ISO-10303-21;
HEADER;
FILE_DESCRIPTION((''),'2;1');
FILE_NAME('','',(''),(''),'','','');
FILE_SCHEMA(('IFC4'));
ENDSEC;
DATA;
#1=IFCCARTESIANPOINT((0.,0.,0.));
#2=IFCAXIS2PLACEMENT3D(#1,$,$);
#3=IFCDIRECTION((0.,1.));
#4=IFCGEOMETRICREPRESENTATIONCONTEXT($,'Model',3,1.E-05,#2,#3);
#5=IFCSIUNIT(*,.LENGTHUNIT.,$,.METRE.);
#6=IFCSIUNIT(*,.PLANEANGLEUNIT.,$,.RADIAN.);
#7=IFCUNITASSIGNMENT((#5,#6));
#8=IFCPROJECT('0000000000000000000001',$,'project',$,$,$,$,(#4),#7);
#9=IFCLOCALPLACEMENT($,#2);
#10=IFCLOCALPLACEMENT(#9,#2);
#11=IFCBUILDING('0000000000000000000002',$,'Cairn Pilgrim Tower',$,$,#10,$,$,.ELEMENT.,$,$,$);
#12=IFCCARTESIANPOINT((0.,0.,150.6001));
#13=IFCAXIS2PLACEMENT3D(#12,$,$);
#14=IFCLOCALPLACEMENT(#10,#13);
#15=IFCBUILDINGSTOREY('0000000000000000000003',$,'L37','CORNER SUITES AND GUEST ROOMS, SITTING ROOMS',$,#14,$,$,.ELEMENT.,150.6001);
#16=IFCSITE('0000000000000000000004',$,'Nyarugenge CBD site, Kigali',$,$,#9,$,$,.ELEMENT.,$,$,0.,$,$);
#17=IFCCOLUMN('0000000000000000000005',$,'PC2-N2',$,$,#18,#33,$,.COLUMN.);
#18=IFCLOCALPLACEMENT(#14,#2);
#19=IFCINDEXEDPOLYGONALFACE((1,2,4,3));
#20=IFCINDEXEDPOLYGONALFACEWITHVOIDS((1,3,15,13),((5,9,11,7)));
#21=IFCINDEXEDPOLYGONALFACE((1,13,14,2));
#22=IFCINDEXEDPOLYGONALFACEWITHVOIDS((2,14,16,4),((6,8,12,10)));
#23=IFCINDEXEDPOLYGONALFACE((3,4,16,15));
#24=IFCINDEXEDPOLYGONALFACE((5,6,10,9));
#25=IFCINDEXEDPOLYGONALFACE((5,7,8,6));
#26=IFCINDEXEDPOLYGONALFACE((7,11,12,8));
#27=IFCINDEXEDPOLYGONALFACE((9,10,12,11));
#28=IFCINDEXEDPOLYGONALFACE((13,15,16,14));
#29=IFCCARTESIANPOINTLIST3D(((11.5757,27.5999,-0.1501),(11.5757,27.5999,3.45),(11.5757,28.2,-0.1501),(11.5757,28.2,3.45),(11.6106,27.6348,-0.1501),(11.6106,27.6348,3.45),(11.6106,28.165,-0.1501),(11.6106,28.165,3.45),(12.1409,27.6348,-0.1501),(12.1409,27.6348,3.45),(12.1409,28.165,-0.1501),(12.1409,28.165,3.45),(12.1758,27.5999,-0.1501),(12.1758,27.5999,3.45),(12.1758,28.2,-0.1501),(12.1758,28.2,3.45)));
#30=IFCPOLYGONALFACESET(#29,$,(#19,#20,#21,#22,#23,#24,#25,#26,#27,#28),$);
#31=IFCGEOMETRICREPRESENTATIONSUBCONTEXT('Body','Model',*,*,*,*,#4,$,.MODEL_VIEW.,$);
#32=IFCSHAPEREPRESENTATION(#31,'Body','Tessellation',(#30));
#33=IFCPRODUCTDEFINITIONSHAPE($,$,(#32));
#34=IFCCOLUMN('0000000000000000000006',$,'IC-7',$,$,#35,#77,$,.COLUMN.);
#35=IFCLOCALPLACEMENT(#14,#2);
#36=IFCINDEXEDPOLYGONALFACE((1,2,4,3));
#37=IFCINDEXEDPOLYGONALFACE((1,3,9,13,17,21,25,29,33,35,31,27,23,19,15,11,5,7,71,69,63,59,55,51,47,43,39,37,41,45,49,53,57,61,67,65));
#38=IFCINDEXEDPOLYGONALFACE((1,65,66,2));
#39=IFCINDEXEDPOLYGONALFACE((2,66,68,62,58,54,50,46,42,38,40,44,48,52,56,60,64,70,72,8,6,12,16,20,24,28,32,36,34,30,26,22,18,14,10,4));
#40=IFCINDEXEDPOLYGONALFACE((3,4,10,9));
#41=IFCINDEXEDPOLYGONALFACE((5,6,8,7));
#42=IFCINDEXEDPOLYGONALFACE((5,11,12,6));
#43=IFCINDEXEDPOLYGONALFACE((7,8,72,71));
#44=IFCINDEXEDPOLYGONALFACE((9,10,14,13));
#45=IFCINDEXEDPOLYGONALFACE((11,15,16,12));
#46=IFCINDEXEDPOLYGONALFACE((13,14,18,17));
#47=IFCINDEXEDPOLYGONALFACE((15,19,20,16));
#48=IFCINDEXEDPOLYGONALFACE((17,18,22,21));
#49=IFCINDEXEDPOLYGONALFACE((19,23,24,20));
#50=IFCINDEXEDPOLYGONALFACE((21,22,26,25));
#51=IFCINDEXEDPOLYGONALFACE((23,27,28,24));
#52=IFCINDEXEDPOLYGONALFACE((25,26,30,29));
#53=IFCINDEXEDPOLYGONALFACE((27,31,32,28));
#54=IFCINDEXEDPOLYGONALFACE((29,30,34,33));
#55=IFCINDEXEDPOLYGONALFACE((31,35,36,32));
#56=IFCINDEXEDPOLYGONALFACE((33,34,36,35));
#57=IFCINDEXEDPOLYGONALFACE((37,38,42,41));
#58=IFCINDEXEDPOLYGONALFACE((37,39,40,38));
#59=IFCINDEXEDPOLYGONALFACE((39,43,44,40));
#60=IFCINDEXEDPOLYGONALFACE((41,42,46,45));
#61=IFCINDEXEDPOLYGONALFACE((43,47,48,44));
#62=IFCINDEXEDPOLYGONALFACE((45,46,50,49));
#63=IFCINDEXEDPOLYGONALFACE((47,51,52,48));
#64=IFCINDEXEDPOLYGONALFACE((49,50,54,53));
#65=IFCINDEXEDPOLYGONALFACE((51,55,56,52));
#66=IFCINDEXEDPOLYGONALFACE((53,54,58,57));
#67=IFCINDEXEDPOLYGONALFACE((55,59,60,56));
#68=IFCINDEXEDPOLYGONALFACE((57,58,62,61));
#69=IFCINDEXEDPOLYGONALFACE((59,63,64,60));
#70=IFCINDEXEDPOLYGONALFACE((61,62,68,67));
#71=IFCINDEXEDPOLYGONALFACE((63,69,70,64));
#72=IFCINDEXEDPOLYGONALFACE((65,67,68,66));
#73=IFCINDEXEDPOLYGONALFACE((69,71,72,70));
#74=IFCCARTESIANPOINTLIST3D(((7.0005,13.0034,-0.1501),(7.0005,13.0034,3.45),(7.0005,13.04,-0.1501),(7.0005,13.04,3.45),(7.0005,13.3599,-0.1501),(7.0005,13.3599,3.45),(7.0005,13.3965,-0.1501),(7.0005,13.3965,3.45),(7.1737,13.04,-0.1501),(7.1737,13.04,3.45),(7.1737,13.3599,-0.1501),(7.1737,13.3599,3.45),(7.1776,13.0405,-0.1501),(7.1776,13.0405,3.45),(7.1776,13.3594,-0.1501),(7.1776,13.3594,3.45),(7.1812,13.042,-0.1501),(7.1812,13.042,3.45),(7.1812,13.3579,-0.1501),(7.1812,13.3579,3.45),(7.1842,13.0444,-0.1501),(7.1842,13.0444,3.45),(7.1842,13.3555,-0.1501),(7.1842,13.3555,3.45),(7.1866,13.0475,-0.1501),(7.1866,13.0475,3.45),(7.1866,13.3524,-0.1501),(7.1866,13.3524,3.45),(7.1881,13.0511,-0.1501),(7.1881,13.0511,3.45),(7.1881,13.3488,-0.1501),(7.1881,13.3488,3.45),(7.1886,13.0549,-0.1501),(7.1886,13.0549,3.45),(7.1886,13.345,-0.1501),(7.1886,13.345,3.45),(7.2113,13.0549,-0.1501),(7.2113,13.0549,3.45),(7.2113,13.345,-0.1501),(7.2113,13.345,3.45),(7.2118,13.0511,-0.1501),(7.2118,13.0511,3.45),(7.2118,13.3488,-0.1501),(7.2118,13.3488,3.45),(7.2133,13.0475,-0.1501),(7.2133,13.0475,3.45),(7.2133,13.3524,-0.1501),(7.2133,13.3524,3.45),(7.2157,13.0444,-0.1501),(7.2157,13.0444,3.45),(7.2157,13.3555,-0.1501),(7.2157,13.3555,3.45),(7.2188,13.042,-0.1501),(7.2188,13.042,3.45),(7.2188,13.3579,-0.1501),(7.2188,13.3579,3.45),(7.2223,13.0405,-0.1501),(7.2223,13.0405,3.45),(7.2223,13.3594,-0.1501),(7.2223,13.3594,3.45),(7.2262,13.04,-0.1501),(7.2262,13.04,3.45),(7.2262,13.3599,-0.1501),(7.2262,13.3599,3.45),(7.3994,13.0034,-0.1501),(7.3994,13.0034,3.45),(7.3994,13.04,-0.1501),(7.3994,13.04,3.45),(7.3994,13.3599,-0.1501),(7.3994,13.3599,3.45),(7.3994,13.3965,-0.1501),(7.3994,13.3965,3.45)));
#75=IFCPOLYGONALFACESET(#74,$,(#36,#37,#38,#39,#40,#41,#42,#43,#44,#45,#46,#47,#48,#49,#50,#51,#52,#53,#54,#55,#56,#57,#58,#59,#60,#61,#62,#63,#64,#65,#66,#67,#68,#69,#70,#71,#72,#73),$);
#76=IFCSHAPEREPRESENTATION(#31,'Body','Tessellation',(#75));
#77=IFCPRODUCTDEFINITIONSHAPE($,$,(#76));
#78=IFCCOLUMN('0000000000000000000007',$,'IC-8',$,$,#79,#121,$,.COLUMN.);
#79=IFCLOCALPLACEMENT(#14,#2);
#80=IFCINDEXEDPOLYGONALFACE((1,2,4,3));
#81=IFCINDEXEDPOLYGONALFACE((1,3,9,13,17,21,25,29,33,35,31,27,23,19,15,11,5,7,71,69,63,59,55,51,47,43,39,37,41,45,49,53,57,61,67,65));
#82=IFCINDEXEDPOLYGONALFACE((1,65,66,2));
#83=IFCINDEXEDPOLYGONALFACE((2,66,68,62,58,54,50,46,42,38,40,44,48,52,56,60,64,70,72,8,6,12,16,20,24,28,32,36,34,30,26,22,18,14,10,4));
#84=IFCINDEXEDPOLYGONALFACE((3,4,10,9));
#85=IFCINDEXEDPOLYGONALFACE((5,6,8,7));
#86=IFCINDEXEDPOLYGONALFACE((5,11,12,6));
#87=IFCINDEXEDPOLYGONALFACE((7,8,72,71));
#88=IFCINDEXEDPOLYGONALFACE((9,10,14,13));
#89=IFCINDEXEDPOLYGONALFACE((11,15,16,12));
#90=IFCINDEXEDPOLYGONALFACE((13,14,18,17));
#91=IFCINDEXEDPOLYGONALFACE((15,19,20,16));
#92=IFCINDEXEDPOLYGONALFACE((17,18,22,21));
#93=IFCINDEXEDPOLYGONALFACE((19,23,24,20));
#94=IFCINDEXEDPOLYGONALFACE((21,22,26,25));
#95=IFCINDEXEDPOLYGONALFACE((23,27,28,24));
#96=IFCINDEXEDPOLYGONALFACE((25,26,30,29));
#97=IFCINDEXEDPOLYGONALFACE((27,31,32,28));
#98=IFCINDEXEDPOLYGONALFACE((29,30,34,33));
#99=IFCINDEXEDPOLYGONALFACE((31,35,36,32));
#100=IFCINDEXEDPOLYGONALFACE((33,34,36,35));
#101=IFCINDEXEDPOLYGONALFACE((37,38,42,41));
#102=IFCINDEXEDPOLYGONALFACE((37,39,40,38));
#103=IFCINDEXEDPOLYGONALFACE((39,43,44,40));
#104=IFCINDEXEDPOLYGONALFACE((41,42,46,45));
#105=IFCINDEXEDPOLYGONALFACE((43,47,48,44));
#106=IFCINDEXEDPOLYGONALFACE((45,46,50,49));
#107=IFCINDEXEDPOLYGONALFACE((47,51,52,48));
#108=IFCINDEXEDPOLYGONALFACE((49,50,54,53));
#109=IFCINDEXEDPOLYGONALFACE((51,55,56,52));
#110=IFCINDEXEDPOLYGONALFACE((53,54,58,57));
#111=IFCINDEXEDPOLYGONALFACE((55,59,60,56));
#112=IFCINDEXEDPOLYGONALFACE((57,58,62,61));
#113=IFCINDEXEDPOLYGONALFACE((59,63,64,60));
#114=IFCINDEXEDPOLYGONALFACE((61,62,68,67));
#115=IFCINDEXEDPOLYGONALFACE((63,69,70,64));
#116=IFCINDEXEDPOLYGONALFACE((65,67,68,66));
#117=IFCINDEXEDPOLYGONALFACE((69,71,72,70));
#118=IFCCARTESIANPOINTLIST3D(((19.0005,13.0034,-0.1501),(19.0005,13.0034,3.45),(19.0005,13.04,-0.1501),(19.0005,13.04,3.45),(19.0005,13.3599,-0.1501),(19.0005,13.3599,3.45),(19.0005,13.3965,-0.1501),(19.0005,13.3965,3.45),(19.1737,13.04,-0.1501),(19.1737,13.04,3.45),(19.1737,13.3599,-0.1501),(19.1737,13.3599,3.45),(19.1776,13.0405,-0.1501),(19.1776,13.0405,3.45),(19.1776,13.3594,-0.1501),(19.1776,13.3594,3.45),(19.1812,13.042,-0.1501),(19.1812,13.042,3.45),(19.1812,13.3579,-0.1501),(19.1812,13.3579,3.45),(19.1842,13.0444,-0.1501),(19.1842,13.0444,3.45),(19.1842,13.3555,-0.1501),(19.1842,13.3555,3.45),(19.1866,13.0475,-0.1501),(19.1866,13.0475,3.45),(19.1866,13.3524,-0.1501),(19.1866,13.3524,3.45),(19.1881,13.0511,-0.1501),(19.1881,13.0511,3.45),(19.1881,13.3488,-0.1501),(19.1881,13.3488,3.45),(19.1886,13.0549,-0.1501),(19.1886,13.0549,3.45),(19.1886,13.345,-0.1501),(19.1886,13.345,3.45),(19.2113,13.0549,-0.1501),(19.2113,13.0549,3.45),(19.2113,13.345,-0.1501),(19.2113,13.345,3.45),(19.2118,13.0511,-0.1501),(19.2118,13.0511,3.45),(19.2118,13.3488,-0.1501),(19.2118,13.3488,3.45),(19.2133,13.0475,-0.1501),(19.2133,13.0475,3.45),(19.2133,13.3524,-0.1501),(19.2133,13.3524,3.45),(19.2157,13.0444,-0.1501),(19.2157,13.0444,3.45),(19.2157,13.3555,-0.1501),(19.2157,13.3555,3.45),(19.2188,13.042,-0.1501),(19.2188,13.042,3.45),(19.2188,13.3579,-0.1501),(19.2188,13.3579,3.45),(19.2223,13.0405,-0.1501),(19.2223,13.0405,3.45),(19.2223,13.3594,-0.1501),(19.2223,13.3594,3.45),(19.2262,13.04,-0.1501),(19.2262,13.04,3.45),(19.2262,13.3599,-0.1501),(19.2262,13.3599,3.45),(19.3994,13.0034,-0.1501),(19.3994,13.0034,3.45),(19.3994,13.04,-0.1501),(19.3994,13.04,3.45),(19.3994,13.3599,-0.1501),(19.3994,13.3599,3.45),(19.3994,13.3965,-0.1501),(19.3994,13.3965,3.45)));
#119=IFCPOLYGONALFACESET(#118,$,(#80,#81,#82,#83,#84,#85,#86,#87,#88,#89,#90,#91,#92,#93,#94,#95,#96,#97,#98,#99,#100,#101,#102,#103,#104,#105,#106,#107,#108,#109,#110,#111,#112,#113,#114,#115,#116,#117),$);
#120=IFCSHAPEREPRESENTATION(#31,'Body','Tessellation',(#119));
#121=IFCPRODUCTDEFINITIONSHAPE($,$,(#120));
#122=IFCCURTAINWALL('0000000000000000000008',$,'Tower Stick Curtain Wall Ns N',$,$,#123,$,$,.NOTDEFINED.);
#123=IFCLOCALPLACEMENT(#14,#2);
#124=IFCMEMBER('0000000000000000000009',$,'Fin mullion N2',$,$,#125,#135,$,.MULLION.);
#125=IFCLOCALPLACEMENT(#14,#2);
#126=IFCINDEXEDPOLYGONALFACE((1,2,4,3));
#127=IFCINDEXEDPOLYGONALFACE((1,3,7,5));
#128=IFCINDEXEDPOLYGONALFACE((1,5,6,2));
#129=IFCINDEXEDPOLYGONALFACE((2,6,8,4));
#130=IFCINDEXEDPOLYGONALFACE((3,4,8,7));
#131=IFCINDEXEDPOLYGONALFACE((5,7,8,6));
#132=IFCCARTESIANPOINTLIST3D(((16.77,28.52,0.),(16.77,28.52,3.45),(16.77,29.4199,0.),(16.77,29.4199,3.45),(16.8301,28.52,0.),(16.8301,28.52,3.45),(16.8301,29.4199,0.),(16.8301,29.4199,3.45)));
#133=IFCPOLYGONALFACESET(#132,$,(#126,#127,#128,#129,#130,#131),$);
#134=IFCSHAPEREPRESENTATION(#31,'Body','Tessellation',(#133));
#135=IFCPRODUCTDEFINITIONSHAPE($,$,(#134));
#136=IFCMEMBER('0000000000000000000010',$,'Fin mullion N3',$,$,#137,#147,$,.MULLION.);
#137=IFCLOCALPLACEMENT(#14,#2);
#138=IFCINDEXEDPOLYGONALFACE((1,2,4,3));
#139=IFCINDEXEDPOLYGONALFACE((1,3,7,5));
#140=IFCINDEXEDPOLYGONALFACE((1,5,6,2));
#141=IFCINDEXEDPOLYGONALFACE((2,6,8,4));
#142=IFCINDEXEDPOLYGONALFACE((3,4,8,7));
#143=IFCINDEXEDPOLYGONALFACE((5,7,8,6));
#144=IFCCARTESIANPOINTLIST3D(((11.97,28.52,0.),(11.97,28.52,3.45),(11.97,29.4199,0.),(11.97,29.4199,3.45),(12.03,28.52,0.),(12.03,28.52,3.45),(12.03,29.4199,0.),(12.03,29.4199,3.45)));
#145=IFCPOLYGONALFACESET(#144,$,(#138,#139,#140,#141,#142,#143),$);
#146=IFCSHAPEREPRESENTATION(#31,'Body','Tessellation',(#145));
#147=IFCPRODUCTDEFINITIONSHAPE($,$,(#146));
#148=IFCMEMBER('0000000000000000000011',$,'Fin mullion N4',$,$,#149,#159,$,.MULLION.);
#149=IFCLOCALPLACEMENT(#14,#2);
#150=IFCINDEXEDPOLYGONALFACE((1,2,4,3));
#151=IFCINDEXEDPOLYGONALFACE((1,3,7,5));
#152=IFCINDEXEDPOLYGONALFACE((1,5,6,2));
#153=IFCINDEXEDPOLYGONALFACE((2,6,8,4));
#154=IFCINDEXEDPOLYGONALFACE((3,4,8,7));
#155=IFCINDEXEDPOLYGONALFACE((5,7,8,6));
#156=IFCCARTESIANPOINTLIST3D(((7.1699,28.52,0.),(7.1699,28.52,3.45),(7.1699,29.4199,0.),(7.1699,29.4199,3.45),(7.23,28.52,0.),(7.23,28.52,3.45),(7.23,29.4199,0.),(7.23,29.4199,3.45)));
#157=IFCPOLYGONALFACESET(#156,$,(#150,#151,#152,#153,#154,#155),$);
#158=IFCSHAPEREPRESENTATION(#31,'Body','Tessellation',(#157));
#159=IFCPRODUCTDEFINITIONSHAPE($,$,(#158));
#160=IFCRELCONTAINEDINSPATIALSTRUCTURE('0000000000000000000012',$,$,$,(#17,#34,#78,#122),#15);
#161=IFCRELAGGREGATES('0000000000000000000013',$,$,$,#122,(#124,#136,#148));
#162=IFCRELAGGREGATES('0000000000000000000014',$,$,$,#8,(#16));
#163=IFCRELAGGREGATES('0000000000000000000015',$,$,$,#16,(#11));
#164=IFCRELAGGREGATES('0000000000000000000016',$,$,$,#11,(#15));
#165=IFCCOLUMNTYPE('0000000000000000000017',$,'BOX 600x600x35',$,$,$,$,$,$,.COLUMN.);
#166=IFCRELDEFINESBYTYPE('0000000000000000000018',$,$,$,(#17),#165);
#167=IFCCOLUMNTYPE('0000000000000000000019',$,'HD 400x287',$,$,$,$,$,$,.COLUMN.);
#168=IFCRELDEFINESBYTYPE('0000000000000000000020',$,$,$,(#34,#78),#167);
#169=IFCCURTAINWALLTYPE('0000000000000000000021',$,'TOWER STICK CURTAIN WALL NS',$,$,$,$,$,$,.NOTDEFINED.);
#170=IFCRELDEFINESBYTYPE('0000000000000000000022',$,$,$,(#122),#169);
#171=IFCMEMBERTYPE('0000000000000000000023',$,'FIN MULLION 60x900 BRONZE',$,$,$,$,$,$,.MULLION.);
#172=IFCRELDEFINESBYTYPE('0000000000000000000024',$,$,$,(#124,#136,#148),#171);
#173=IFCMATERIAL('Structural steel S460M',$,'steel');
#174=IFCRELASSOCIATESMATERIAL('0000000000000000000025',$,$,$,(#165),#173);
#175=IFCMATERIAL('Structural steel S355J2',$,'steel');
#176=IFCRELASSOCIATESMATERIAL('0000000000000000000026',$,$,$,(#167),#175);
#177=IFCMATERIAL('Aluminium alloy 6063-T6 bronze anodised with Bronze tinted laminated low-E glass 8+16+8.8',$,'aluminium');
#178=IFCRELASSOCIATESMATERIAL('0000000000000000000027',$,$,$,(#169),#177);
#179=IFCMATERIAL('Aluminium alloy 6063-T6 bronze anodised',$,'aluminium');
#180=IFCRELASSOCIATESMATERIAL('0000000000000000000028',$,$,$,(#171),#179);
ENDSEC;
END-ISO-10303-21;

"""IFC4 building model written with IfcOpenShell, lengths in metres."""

from ifc_helpers import new_model, si_unit, direction, frame, origin, origin_2d, place, context, subcontext, project, spatial, rectangle, hollow_rectangle, i_section, extrude, material, material_profile, profile_set, type_object, element, aggregate, save


model = new_model("IFC4")

# Units and contexts
model_context = context("Model", 3, precision=1e-05, world=origin(), true_north=direction((0.0, 1.0)))
body_context = subcontext(model_context, "Body", "Model", "MODEL_VIEW")
ifc_project = project(units=[si_unit("LENGTHUNIT", "METRE"), si_unit("PLANEANGLEUNIT", "RADIAN")], contexts=[model_context])

# Site, building, storey
site_placement = place(None, origin())
site = spatial("IfcSite", under=ifc_project, at=site_placement, Name="Nyarugenge CBD site, Kigali", CompositionType="ELEMENT", RefElevation=0.0)
building_placement = place(site_placement, origin())
building = spatial("IfcBuilding", under=site, at=building_placement, Name="Cairn Pilgrim Tower", CompositionType="ELEMENT")
storey_placement = place(building_placement, frame((0.0, 0.0, 150.6001)))
storey = spatial("IfcBuildingStorey", under=building, at=storey_placement, Name="L37", Description="CORNER SUITES AND GUEST ROOMS, SITTING ROOMS", CompositionType="ELEMENT", Elevation=150.6001)

# Columns
ifc_material_1 = material(Name="Structural steel S460M", Category="steel")
ifc_material_profile_1 = material_profile(ifc_material_1, hollow_rectangle(XDim=0.6001, YDim=0.6001, WallThickness=0.0349, at=origin_2d()), Name="BOX 600x600x35")
ifc_profile_set_1 = profile_set([ifc_material_profile_1], Name="Structural steel S460M")
column_type_1 = type_object("IfcColumnType", Name="BOX 600x600x35", PredefinedType="COLUMN", material=ifc_profile_set_1)
column_placement = place(storey_placement, frame((11.8757, 27.8999, -0.1501), z_axis=(0.0, 0.0, 1.0), x_axis=(1.0, 0.0, 0.0)))
element("IfcColumn", 1, at=column_placement, inside=storey, type_object=column_type_1, Name="PC2-N2", PredefinedType="COLUMN", context=body_context, shape_type="SweptSolid", body=[
    extrude(hollow_rectangle(XDim=0.6001, YDim=0.6001, WallThickness=0.0349, at=origin_2d()), origin(), (0.0, 0.0, 1.0), 3.6001),
])
ifc_material_2 = material(Name="Structural steel S355J2", Category="steel")
ifc_material_profile_2 = material_profile(ifc_material_2, i_section(OverallWidth=0.3989, OverallDepth=0.3931, WebThickness=0.0227, FlangeThickness=0.0366, FilletRadius=0.0149, at=origin_2d()), Name="HD 400x287")
ifc_profile_set_2 = profile_set([ifc_material_profile_2], Name="Structural steel S355J2")
column_type_2 = type_object("IfcColumnType", Name="HD 400x287", PredefinedType="COLUMN", material=ifc_profile_set_2)
for number, where, z_axis, x_axis, name in (
    (2, (7.2, 13.2, -0.1501), (0.0, 0.0, 1.0), (1.0, 0.0, 0.0), "IC-7"),
    (3, (19.2, 13.2, -0.1501), (0.0, 0.0, 1.0), (1.0, 0.0, 0.0), "IC-8"),
):
    element("IfcColumn", number, at=place(storey_placement, frame(where, z_axis=z_axis, x_axis=x_axis)), inside=storey, type_object=column_type_2, Name=name, PredefinedType="COLUMN", context=body_context, shape_type="SweptSolid", body=[
        extrude(i_section(OverallWidth=0.3989, OverallDepth=0.3931, WebThickness=0.0227, FlangeThickness=0.0366, FilletRadius=0.0149, at=origin_2d()), origin(), (0.0, 0.0, 1.0), 3.6001),
    ])

# Curtain wall, members
ifc_material_3 = material(Name="Aluminium alloy 6063-T6 bronze anodised with Bronze tinted laminated low-E glass 8+16+8.8", Category="aluminium")
curtain_wall_type = type_object("IfcCurtainWallType", Name="TOWER STICK CURTAIN WALL NS", PredefinedType="NOTDEFINED", material=ifc_material_3)
curtain_wall_placement = place(storey_placement, origin())
curtain_wall = element("IfcCurtainWall", 4, at=curtain_wall_placement, inside=storey, type_object=curtain_wall_type, Name="Tower Stick Curtain Wall Ns N", PredefinedType="NOTDEFINED")
ifc_material_4 = material(Name="Aluminium alloy 6063-T6 bronze anodised", Category="aluminium")
ifc_material_profile_3 = material_profile(ifc_material_4, rectangle(XDim=0.8999, YDim=0.0601, at=origin_2d()), Name="FIN MULLION 60x900 BRONZE")
ifc_profile_set_3 = profile_set([ifc_material_profile_3], Name="Aluminium alloy 6063-T6 bronze anodised")
member_type_1 = type_object("IfcMemberType", Name="FIN MULLION 60x900 BRONZE", PredefinedType="MULLION", material=ifc_profile_set_3)
member_1_placement = place(storey_placement, frame((16.8, 28.97, 0.0), z_axis=(0.0, 0.0, 1.0), x_axis=(0.0, 1.0, 0.0)))
member_1 = element("IfcMember", 5, at=member_1_placement, type_object=member_type_1, Name="Fin mullion N2", PredefinedType="MULLION", context=body_context, shape_type="SweptSolid", body=[
    extrude(rectangle(XDim=0.8999, YDim=0.0601, at=origin_2d()), origin(), (0.0, 0.0, 1.0), 3.45),
])
member_2_placement = place(storey_placement, frame((12.0, 28.97, 0.0), z_axis=(0.0, 0.0, 1.0), x_axis=(0.0, 1.0, 0.0)))
member_2 = element("IfcMember", 6, at=member_2_placement, type_object=member_type_1, Name="Fin mullion N3", PredefinedType="MULLION", context=body_context, shape_type="SweptSolid", body=[
    extrude(rectangle(XDim=0.8999, YDim=0.0601, at=origin_2d()), origin(), (0.0, 0.0, 1.0), 3.45),
])
member_3_placement = place(storey_placement, frame((7.2, 28.97, 0.0), z_axis=(0.0, 0.0, 1.0), x_axis=(0.0, 1.0, 0.0)))
member_3 = element("IfcMember", 7, at=member_3_placement, type_object=member_type_1, Name="Fin mullion N4", PredefinedType="MULLION", context=body_context, shape_type="SweptSolid", body=[
    extrude(rectangle(XDim=0.8999, YDim=0.0601, at=origin_2d()), origin(), (0.0, 0.0, 1.0), 3.45),
])

aggregate(curtain_wall, [member_1, member_2, member_3])

save(model, "model.ifc")
